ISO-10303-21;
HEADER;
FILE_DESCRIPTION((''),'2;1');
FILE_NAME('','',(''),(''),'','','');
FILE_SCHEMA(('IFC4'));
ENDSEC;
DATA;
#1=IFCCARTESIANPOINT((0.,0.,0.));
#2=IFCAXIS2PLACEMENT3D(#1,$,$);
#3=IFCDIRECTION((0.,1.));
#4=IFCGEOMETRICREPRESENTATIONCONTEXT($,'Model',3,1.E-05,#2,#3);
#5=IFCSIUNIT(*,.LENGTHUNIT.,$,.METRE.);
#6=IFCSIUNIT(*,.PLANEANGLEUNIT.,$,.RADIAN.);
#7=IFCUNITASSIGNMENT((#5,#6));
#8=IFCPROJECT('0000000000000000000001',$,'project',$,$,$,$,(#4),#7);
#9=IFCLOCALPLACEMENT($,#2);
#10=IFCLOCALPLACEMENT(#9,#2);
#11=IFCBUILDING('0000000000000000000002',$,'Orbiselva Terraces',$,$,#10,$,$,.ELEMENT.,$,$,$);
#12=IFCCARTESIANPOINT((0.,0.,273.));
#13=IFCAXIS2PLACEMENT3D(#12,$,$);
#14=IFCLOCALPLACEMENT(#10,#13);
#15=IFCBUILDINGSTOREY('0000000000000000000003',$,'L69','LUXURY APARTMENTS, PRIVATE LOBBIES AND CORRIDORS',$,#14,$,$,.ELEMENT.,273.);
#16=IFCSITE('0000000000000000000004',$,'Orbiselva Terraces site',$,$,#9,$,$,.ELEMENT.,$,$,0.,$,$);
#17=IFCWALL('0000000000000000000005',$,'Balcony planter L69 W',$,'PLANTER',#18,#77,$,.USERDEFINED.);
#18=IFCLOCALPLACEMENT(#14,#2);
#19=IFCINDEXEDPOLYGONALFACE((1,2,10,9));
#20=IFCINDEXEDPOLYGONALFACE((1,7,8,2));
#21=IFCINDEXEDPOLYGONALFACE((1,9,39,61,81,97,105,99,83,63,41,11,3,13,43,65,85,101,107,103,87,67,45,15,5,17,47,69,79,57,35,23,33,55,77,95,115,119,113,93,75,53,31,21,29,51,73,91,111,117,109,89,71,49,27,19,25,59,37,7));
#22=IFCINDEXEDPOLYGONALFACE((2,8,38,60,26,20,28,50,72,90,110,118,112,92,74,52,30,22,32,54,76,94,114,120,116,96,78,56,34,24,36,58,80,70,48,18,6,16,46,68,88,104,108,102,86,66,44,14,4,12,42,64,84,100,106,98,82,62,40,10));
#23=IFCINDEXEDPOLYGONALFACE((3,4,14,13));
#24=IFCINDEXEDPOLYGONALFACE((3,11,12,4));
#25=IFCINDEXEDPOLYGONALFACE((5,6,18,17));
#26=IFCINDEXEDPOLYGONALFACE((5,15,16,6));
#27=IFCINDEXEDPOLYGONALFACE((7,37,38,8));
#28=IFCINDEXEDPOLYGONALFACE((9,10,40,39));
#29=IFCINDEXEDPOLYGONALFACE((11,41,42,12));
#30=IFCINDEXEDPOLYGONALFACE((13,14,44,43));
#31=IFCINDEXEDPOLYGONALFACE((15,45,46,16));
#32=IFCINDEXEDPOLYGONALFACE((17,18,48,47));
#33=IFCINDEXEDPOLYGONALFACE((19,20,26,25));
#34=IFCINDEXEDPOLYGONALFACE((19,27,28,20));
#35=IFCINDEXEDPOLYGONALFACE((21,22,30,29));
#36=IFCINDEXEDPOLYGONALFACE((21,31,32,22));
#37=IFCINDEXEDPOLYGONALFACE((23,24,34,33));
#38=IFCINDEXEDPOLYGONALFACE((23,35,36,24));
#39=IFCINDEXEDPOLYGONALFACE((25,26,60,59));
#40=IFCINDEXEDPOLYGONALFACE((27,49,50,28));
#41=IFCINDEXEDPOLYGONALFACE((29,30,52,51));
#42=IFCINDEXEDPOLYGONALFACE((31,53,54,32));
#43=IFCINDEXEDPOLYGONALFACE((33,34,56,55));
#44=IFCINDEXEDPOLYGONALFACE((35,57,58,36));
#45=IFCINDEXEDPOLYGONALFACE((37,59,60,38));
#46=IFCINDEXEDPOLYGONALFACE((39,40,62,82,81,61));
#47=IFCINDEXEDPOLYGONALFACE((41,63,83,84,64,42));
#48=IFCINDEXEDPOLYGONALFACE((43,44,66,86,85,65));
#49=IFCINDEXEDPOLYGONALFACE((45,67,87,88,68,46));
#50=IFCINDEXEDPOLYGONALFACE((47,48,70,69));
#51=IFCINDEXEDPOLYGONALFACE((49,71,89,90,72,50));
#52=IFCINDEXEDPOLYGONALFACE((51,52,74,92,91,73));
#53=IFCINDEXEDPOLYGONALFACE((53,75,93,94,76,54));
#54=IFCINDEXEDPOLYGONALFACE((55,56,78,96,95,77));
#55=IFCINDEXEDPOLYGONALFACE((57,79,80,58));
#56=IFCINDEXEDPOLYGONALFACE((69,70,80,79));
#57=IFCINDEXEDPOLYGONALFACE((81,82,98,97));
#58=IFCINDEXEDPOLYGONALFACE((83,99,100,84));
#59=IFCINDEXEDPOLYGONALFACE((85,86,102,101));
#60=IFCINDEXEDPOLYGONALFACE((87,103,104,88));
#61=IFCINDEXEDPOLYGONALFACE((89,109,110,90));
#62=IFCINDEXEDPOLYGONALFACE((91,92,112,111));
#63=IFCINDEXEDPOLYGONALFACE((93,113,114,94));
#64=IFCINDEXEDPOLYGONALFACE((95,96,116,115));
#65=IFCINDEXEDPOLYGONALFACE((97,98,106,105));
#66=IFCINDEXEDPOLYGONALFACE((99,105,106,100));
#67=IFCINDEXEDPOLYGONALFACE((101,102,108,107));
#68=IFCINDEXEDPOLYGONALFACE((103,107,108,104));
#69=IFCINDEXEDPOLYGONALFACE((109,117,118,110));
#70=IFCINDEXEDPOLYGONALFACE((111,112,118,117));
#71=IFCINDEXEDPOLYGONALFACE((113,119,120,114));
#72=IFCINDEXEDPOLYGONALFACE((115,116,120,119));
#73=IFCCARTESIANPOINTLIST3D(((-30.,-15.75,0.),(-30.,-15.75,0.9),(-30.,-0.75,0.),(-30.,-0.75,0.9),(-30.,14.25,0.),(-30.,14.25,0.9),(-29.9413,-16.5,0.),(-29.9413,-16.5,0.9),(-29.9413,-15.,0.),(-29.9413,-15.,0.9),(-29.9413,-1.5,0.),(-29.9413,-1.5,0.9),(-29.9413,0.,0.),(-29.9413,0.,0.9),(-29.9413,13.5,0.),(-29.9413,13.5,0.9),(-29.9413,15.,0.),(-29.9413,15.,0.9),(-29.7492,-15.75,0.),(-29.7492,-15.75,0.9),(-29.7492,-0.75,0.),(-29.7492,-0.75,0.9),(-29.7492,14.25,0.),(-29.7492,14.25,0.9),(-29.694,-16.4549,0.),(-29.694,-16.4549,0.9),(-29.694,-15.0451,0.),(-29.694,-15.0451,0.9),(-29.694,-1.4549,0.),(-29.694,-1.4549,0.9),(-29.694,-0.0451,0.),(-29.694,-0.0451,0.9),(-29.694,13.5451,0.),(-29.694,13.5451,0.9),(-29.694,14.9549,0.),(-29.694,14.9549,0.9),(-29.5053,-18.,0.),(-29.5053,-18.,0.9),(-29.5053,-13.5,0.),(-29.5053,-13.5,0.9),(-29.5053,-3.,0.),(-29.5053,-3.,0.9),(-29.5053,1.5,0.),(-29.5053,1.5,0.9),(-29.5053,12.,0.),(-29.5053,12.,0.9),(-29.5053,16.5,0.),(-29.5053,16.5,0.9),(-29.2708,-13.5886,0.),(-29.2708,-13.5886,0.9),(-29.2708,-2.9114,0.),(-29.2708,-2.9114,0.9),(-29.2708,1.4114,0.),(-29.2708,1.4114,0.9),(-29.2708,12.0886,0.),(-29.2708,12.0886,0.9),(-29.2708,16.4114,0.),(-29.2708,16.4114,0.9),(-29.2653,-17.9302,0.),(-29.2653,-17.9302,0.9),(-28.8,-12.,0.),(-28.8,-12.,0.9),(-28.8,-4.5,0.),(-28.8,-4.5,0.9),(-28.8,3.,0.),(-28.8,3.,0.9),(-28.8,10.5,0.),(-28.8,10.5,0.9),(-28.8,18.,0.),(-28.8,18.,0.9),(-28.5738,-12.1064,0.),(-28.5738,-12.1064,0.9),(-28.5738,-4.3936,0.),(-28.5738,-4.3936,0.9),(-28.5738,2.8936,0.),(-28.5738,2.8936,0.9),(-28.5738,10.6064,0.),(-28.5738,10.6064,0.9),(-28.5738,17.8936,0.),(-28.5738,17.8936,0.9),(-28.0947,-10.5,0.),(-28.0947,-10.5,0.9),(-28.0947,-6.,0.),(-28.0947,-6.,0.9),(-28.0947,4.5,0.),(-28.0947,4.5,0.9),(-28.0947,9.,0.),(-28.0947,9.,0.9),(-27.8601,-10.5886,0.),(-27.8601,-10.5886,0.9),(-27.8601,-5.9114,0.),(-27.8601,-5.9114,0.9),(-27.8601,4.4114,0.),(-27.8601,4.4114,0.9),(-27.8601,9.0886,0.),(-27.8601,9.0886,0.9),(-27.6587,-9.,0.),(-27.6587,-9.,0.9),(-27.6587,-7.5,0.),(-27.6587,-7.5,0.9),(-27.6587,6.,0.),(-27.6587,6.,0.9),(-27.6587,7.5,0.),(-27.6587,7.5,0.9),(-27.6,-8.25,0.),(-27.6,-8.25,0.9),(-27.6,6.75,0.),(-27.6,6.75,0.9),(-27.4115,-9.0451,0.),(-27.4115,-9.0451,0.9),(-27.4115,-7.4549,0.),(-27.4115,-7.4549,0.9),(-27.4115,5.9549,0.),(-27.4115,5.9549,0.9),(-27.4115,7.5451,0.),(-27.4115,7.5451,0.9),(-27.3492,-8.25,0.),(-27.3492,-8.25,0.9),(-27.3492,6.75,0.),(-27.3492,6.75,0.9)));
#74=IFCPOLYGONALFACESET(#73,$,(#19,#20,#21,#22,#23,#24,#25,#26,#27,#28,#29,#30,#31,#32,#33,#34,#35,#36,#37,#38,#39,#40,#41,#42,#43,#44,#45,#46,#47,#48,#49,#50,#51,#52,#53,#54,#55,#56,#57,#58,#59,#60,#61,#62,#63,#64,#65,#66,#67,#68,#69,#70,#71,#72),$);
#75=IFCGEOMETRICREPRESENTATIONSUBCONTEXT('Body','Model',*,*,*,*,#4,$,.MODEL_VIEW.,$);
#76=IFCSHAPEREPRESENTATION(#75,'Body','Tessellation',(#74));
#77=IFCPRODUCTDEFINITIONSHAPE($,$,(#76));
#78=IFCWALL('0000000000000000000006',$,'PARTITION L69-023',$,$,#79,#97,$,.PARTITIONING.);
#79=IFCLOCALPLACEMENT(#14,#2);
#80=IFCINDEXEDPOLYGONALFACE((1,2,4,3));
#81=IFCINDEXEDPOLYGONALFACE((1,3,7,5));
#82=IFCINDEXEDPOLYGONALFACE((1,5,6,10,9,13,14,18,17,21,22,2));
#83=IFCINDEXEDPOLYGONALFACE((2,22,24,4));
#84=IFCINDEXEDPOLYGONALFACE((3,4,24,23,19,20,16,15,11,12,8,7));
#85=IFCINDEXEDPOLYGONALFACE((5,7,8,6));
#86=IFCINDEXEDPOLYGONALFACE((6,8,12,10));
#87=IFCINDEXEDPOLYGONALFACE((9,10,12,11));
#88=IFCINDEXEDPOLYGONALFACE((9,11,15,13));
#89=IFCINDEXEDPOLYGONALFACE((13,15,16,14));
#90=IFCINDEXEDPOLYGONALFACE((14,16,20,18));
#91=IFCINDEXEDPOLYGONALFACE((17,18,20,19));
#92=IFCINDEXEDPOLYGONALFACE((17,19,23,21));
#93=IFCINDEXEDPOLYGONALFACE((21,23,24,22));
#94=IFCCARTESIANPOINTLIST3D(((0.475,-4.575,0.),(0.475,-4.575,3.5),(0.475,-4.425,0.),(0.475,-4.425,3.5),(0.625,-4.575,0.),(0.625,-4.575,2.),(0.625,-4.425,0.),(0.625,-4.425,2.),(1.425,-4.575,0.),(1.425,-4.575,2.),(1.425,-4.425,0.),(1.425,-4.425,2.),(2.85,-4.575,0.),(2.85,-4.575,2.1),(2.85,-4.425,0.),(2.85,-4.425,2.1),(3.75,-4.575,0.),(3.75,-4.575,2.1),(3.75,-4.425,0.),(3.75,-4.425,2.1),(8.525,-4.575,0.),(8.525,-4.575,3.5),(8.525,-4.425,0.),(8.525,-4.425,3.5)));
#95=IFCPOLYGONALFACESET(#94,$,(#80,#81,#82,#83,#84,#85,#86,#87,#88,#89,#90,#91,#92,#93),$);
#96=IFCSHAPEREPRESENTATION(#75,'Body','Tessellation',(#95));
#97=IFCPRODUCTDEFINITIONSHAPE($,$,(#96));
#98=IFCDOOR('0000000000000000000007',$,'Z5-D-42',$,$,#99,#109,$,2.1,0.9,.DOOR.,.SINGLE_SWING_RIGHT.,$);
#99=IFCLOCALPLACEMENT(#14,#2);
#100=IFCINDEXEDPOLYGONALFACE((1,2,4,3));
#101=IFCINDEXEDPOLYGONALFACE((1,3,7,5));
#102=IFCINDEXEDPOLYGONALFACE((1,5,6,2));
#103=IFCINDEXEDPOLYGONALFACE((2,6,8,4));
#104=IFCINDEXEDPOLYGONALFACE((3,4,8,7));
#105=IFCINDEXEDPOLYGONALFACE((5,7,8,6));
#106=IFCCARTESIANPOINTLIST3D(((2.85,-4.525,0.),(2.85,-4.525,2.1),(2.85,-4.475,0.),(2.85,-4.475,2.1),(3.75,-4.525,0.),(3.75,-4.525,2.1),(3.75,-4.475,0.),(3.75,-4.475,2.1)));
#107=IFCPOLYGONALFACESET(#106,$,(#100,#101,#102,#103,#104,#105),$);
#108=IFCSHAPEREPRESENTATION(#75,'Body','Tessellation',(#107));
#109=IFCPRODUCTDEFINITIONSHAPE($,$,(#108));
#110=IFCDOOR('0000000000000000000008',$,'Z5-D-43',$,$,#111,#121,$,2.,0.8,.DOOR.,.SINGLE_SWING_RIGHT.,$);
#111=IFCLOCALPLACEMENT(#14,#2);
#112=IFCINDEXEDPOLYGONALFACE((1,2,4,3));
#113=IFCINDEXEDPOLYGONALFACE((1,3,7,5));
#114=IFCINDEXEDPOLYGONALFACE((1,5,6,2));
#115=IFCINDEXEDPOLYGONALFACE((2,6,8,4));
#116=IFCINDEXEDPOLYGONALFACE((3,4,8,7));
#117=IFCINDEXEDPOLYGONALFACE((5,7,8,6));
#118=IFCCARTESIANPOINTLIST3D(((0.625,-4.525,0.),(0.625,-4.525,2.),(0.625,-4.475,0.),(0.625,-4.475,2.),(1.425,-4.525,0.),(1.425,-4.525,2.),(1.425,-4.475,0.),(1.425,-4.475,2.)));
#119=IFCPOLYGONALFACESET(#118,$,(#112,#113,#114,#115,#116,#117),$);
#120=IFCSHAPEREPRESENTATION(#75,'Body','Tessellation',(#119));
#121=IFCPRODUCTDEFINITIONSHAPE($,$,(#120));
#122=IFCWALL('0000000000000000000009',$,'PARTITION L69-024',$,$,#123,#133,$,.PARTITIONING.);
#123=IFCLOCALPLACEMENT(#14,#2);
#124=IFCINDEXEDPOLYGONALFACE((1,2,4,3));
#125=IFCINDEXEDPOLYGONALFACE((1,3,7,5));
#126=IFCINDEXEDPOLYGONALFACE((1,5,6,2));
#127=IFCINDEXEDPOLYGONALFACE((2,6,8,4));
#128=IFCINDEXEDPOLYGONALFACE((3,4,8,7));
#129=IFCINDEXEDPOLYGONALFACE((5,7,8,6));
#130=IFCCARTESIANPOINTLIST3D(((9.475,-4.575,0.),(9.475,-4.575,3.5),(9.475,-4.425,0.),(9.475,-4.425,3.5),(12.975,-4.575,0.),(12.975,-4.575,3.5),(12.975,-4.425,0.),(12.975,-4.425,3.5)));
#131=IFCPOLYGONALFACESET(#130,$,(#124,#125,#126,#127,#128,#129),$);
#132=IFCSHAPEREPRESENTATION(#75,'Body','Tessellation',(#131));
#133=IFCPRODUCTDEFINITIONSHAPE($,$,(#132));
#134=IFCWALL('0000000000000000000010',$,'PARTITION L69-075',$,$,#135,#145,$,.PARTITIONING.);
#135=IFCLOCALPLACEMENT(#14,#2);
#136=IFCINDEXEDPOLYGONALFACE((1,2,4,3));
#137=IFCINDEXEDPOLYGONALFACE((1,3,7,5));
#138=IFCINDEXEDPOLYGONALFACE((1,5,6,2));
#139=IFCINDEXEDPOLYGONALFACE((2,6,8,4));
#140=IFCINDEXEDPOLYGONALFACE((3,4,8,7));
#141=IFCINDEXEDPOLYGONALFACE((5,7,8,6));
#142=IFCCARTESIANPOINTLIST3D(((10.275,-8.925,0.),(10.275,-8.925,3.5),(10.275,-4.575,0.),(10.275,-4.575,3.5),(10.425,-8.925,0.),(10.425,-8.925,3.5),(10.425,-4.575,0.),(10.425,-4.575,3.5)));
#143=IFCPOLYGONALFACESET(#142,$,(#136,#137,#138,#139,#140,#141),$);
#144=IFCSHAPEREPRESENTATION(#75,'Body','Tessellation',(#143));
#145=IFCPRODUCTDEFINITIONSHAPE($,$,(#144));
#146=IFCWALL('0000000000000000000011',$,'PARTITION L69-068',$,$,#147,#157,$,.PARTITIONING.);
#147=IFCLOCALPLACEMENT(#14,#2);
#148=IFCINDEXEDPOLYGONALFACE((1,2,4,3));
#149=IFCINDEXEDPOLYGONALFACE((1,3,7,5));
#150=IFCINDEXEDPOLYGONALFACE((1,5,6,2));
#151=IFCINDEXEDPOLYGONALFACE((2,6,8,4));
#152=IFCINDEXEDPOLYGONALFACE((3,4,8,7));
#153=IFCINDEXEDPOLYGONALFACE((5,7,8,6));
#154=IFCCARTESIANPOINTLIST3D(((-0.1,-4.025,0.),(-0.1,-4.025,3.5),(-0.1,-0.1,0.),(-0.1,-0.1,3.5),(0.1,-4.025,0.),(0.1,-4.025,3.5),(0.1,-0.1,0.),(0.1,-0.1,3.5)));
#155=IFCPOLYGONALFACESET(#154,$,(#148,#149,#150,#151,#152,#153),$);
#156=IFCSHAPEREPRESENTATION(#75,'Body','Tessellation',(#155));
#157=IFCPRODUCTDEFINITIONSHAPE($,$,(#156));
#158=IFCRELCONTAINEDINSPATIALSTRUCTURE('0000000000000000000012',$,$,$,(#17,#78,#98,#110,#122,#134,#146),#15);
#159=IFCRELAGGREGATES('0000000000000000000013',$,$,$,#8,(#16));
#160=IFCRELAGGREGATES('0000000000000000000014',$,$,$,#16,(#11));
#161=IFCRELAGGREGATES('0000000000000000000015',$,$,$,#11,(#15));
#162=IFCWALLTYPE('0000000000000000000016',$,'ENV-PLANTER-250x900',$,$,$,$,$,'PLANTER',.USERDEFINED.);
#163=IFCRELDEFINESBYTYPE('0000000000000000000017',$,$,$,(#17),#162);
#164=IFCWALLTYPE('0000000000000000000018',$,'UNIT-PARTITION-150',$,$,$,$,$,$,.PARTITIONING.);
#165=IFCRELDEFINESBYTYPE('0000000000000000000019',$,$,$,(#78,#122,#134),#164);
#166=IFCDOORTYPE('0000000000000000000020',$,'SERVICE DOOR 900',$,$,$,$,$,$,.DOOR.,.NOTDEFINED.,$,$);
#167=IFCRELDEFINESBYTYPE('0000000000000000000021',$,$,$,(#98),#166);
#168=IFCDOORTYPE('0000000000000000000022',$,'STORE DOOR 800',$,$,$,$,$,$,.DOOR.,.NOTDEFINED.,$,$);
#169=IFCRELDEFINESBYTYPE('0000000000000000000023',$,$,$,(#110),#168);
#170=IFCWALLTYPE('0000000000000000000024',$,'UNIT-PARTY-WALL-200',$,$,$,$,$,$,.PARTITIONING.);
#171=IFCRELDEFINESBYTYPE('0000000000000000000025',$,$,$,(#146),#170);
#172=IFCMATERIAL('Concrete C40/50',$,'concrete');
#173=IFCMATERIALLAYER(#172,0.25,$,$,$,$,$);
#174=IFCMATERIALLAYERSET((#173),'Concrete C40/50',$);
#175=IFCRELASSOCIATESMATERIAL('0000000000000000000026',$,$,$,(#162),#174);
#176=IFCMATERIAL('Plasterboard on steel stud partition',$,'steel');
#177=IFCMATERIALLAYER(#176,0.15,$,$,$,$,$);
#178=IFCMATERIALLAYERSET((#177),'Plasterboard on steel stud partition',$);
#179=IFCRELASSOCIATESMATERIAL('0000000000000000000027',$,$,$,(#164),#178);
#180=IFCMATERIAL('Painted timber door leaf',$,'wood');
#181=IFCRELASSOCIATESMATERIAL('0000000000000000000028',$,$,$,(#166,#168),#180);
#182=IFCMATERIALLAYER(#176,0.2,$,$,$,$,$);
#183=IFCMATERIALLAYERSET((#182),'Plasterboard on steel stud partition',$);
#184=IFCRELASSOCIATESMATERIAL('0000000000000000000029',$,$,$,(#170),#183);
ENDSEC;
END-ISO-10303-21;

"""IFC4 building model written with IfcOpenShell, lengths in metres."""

from ifc_helpers import new_model, si_unit, direction, frame, frame_2d, origin, place, context, subcontext, project, spatial, polyline, rectangle, outline, extrude, material, layer, layer_set, type_object, element, fill, save


model = new_model("IFC4")

# Units and contexts
model_context = context("Model", 3, precision=1e-05, world=origin(), true_north=direction((0.0, 1.0)))
body_context = subcontext(model_context, "Body", "Model", "MODEL_VIEW")
ifc_project = project(units=[si_unit("LENGTHUNIT", "METRE"), si_unit("PLANEANGLEUNIT", "RADIAN")], contexts=[model_context])

# Site, building, storey
site_placement = place(None, origin())
site = spatial("IfcSite", under=ifc_project, at=site_placement, Name="Orbiselva Terraces site", CompositionType="ELEMENT", RefElevation=0.0)
building_placement = place(site_placement, origin())
building = spatial("IfcBuilding", under=site, at=building_placement, Name="Orbiselva Terraces", CompositionType="ELEMENT")
storey_placement = place(building_placement, frame((0.0, 0.0, 273.0)))
storey = spatial("IfcBuildingStorey", under=building, at=storey_placement, Name="L69", Description="LUXURY APARTMENTS, PRIVATE LOBBIES AND CORRIDORS", CompositionType="ELEMENT", Elevation=273.0)

# Shared definitions
ifc_material_1 = material(Name="Concrete C40/50", Category="concrete")

# Wall
ifc_layer_1 = layer(ifc_material_1, 0.25)
ifc_layer_set_1 = layer_set([ifc_layer_1], Name="Concrete C40/50")
wall_type_1 = type_object("IfcWallType", Name="ENV-PLANTER-250x900", ElementType="PLANTER", PredefinedType="USERDEFINED", material=ifc_layer_set_1)
wall_1_placement = place(storey_placement, origin())
element("IfcWall", 1, at=wall_1_placement, inside=storey, type_object=wall_type_1, Name="Balcony planter L69 W", ObjectType="PLANTER", PredefinedType="USERDEFINED", context=body_context, shape_type="SweptSolid", body=[
    extrude(outline(polyline([(-28.8, 18.0), (-29.5053, 16.5), (-29.9413, 15.0), (-30.0, 14.25), (-29.9413, 13.5), (-29.5053, 12.0), (-28.8, 10.5), (-28.0947, 9.0), (-27.6587, 7.5), (-27.6, 6.75), (-27.6587, 6.0), (-28.0947, 4.5), (-28.8, 3.0), (-29.5053, 1.5), (-29.9413, 0.0), (-30.0, -0.75), (-29.9413, -1.5), (-29.5053, -3.0), (-28.8, -4.5), (-28.0947, -6.0), (-27.6587, -7.5), (-27.6, -8.25), (-27.6587, -9.0), (-28.0947, -10.5), (-28.8, -12.0), (-29.5053, -13.5), (-29.9413, -15.0), (-30.0, -15.75), (-29.9413, -16.5), (-29.5053, -18.0), (-29.2653, -17.9302), (-29.694, -16.4549), (-29.7492, -15.75), (-29.694, -15.0451), (-29.2708, -13.5886), (-28.5738, -12.1064), (-27.8601, -10.5886), (-27.4115, -9.0451), (-27.3492, -8.25), (-27.4115, -7.4549), (-27.8601, -5.9114), (-28.5738, -4.3936), (-29.2708, -2.9114), (-29.694, -1.4549), (-29.7492, -0.75), (-29.694, -0.0451), (-29.2708, 1.4114), (-28.5738, 2.8936), (-27.8601, 4.4114), (-27.4115, 5.9549), (-27.3492, 6.75), (-27.4115, 7.5451), (-27.8601, 9.0886), (-28.5738, 10.6064), (-29.2708, 12.0886), (-29.694, 13.5451), (-29.7492, 14.25), (-29.694, 14.9549), (-29.2708, 16.4114), (-28.5738, 17.8936), (-28.8, 18.0)])), origin(), (0.0, 0.0, 1.0), 0.9),
])

# Wall, openings, doors
ifc_material_2 = material(Name="Plasterboard on steel stud partition", Category="steel")
ifc_layer_2 = layer(ifc_material_2, 0.15)
ifc_layer_set_2 = layer_set([ifc_layer_2], Name="Plasterboard on steel stud partition")
wall_type_2 = type_object("IfcWallType", Name="UNIT-PARTITION-150", PredefinedType="PARTITIONING", material=ifc_layer_set_2)
wall_2_placement = place(storey_placement, frame((8.525, -4.5, 0.0), z_axis=(0.0, 0.0, 1.0), x_axis=(-1.0, 0.0, 0.0)))
wall_2 = element("IfcWall", 2, at=wall_2_placement, inside=storey, type_object=wall_type_2, Name="PARTITION L69-023", PredefinedType="PARTITIONING", context=body_context, shape_type="SweptSolid", body=[
    extrude(rectangle(XDim=8.05, YDim=0.15, at=frame_2d((4.025, 0.0))), origin(), (0.0, 0.0, 1.0), 3.5),
])
opening_1_placement = place(wall_2_placement, frame((4.775, 0.0, 0.0)))
opening_1 = element("IfcOpeningElement", 3, at=opening_1_placement, cuts=wall_2, PredefinedType="OPENING", context=body_context, shape_type="SweptSolid", body=[
    extrude(rectangle(XDim=0.9, YDim=2.1, at=frame_2d((0.45, 1.05))), frame((0.0, 0.085, 0.0), z_axis=(0.0, -1.0, 0.0), x_axis=(1.0, 0.0, 0.0)), (0.0, 0.0, 1.0), 0.17),
])
opening_2_placement = place(wall_2_placement, frame((7.1, 0.0, 0.0)))
opening_2 = element("IfcOpeningElement", 4, at=opening_2_placement, cuts=wall_2, PredefinedType="OPENING", context=body_context, shape_type="SweptSolid", body=[
    extrude(rectangle(XDim=0.8, YDim=2.0, at=frame_2d((0.4, 1.0))), frame((0.0, 0.085, 0.0), z_axis=(0.0, -1.0, 0.0), x_axis=(1.0, 0.0, 0.0)), (0.0, 0.0, 1.0), 0.17),
])
ifc_material_3 = material(Name="Painted timber door leaf", Category="wood")
door_type_1 = type_object("IfcDoorType", Name="SERVICE DOOR 900", OperationType="NOTDEFINED", PredefinedType="DOOR", material=ifc_material_3)
door_1_placement = place(opening_1_placement, origin())
door_1 = element("IfcDoor", 5, at=door_1_placement, inside=storey, type_object=door_type_1, Name="Z5-D-42", OperationType="SINGLE_SWING_RIGHT", OverallHeight=2.1, OverallWidth=0.9, PredefinedType="DOOR", context=body_context, shape_type="SweptSolid", body=[
    extrude(rectangle(XDim=0.9, YDim=2.1, at=frame_2d((0.45, 1.05))), frame((0.0, 0.025, 0.0), z_axis=(0.0, -1.0, 0.0), x_axis=(1.0, 0.0, 0.0)), (0.0, 0.0, 1.0), 0.05),
])
fill(opening_1, door_1)
door_type_2 = type_object("IfcDoorType", Name="STORE DOOR 800", OperationType="NOTDEFINED", PredefinedType="DOOR", material=ifc_material_3)
door_2_placement = place(opening_2_placement, origin())
door_2 = element("IfcDoor", 6, at=door_2_placement, inside=storey, type_object=door_type_2, Name="Z5-D-43", OperationType="SINGLE_SWING_RIGHT", OverallHeight=2.0, OverallWidth=0.8, PredefinedType="DOOR", context=body_context, shape_type="SweptSolid", body=[
    extrude(rectangle(XDim=0.8, YDim=2.0, at=frame_2d((0.4, 1.0))), frame((0.0, 0.025, 0.0), z_axis=(0.0, -1.0, 0.0), x_axis=(1.0, 0.0, 0.0)), (0.0, 0.0, 1.0), 0.05),
])
fill(opening_2, door_2)

# Walls
wall_3_placement = place(storey_placement, frame((9.475, -4.5, 0.0), z_axis=(0.0, 0.0, 1.0), x_axis=(1.0, 0.0, 0.0)))
element("IfcWall", 7, at=wall_3_placement, inside=storey, type_object=wall_type_2, Name="PARTITION L69-024", PredefinedType="PARTITIONING", context=body_context, shape_type="SweptSolid", body=[
    extrude(rectangle(XDim=3.5, YDim=0.15, at=frame_2d((1.75, 0.0))), origin(), (0.0, 0.0, 1.0), 3.5),
])
wall_4_placement = place(storey_placement, frame((10.35, -8.925, 0.0), z_axis=(0.0, 0.0, 1.0), x_axis=(0.0, 1.0, 0.0)))
element("IfcWall", 8, at=wall_4_placement, inside=storey, type_object=wall_type_2, Name="PARTITION L69-075", PredefinedType="PARTITIONING", context=body_context, shape_type="SweptSolid", body=[
    extrude(rectangle(XDim=4.35, YDim=0.15, at=frame_2d((2.175, 0.0))), origin(), (0.0, 0.0, 1.0), 3.5),
])
ifc_layer_3 = layer(ifc_material_2, 0.2)
ifc_layer_set_3 = layer_set([ifc_layer_3], Name="Plasterboard on steel stud partition")
wall_type_3 = type_object("IfcWallType", Name="UNIT-PARTY-WALL-200", PredefinedType="PARTITIONING", material=ifc_layer_set_3)
wall_5_placement = place(storey_placement, frame((0.0, -4.025, 0.0), z_axis=(0.0, 0.0, 1.0), x_axis=(0.0, 1.0, 0.0)))
element("IfcWall", 9, at=wall_5_placement, inside=storey, type_object=wall_type_3, Name="PARTITION L69-068", PredefinedType="PARTITIONING", context=body_context, shape_type="SweptSolid", body=[
    extrude(rectangle(XDim=3.925, YDim=0.2, at=frame_2d((1.9625, 0.0))), origin(), (0.0, 0.0, 1.0), 3.5),
])

save(model, "model.ifc")
